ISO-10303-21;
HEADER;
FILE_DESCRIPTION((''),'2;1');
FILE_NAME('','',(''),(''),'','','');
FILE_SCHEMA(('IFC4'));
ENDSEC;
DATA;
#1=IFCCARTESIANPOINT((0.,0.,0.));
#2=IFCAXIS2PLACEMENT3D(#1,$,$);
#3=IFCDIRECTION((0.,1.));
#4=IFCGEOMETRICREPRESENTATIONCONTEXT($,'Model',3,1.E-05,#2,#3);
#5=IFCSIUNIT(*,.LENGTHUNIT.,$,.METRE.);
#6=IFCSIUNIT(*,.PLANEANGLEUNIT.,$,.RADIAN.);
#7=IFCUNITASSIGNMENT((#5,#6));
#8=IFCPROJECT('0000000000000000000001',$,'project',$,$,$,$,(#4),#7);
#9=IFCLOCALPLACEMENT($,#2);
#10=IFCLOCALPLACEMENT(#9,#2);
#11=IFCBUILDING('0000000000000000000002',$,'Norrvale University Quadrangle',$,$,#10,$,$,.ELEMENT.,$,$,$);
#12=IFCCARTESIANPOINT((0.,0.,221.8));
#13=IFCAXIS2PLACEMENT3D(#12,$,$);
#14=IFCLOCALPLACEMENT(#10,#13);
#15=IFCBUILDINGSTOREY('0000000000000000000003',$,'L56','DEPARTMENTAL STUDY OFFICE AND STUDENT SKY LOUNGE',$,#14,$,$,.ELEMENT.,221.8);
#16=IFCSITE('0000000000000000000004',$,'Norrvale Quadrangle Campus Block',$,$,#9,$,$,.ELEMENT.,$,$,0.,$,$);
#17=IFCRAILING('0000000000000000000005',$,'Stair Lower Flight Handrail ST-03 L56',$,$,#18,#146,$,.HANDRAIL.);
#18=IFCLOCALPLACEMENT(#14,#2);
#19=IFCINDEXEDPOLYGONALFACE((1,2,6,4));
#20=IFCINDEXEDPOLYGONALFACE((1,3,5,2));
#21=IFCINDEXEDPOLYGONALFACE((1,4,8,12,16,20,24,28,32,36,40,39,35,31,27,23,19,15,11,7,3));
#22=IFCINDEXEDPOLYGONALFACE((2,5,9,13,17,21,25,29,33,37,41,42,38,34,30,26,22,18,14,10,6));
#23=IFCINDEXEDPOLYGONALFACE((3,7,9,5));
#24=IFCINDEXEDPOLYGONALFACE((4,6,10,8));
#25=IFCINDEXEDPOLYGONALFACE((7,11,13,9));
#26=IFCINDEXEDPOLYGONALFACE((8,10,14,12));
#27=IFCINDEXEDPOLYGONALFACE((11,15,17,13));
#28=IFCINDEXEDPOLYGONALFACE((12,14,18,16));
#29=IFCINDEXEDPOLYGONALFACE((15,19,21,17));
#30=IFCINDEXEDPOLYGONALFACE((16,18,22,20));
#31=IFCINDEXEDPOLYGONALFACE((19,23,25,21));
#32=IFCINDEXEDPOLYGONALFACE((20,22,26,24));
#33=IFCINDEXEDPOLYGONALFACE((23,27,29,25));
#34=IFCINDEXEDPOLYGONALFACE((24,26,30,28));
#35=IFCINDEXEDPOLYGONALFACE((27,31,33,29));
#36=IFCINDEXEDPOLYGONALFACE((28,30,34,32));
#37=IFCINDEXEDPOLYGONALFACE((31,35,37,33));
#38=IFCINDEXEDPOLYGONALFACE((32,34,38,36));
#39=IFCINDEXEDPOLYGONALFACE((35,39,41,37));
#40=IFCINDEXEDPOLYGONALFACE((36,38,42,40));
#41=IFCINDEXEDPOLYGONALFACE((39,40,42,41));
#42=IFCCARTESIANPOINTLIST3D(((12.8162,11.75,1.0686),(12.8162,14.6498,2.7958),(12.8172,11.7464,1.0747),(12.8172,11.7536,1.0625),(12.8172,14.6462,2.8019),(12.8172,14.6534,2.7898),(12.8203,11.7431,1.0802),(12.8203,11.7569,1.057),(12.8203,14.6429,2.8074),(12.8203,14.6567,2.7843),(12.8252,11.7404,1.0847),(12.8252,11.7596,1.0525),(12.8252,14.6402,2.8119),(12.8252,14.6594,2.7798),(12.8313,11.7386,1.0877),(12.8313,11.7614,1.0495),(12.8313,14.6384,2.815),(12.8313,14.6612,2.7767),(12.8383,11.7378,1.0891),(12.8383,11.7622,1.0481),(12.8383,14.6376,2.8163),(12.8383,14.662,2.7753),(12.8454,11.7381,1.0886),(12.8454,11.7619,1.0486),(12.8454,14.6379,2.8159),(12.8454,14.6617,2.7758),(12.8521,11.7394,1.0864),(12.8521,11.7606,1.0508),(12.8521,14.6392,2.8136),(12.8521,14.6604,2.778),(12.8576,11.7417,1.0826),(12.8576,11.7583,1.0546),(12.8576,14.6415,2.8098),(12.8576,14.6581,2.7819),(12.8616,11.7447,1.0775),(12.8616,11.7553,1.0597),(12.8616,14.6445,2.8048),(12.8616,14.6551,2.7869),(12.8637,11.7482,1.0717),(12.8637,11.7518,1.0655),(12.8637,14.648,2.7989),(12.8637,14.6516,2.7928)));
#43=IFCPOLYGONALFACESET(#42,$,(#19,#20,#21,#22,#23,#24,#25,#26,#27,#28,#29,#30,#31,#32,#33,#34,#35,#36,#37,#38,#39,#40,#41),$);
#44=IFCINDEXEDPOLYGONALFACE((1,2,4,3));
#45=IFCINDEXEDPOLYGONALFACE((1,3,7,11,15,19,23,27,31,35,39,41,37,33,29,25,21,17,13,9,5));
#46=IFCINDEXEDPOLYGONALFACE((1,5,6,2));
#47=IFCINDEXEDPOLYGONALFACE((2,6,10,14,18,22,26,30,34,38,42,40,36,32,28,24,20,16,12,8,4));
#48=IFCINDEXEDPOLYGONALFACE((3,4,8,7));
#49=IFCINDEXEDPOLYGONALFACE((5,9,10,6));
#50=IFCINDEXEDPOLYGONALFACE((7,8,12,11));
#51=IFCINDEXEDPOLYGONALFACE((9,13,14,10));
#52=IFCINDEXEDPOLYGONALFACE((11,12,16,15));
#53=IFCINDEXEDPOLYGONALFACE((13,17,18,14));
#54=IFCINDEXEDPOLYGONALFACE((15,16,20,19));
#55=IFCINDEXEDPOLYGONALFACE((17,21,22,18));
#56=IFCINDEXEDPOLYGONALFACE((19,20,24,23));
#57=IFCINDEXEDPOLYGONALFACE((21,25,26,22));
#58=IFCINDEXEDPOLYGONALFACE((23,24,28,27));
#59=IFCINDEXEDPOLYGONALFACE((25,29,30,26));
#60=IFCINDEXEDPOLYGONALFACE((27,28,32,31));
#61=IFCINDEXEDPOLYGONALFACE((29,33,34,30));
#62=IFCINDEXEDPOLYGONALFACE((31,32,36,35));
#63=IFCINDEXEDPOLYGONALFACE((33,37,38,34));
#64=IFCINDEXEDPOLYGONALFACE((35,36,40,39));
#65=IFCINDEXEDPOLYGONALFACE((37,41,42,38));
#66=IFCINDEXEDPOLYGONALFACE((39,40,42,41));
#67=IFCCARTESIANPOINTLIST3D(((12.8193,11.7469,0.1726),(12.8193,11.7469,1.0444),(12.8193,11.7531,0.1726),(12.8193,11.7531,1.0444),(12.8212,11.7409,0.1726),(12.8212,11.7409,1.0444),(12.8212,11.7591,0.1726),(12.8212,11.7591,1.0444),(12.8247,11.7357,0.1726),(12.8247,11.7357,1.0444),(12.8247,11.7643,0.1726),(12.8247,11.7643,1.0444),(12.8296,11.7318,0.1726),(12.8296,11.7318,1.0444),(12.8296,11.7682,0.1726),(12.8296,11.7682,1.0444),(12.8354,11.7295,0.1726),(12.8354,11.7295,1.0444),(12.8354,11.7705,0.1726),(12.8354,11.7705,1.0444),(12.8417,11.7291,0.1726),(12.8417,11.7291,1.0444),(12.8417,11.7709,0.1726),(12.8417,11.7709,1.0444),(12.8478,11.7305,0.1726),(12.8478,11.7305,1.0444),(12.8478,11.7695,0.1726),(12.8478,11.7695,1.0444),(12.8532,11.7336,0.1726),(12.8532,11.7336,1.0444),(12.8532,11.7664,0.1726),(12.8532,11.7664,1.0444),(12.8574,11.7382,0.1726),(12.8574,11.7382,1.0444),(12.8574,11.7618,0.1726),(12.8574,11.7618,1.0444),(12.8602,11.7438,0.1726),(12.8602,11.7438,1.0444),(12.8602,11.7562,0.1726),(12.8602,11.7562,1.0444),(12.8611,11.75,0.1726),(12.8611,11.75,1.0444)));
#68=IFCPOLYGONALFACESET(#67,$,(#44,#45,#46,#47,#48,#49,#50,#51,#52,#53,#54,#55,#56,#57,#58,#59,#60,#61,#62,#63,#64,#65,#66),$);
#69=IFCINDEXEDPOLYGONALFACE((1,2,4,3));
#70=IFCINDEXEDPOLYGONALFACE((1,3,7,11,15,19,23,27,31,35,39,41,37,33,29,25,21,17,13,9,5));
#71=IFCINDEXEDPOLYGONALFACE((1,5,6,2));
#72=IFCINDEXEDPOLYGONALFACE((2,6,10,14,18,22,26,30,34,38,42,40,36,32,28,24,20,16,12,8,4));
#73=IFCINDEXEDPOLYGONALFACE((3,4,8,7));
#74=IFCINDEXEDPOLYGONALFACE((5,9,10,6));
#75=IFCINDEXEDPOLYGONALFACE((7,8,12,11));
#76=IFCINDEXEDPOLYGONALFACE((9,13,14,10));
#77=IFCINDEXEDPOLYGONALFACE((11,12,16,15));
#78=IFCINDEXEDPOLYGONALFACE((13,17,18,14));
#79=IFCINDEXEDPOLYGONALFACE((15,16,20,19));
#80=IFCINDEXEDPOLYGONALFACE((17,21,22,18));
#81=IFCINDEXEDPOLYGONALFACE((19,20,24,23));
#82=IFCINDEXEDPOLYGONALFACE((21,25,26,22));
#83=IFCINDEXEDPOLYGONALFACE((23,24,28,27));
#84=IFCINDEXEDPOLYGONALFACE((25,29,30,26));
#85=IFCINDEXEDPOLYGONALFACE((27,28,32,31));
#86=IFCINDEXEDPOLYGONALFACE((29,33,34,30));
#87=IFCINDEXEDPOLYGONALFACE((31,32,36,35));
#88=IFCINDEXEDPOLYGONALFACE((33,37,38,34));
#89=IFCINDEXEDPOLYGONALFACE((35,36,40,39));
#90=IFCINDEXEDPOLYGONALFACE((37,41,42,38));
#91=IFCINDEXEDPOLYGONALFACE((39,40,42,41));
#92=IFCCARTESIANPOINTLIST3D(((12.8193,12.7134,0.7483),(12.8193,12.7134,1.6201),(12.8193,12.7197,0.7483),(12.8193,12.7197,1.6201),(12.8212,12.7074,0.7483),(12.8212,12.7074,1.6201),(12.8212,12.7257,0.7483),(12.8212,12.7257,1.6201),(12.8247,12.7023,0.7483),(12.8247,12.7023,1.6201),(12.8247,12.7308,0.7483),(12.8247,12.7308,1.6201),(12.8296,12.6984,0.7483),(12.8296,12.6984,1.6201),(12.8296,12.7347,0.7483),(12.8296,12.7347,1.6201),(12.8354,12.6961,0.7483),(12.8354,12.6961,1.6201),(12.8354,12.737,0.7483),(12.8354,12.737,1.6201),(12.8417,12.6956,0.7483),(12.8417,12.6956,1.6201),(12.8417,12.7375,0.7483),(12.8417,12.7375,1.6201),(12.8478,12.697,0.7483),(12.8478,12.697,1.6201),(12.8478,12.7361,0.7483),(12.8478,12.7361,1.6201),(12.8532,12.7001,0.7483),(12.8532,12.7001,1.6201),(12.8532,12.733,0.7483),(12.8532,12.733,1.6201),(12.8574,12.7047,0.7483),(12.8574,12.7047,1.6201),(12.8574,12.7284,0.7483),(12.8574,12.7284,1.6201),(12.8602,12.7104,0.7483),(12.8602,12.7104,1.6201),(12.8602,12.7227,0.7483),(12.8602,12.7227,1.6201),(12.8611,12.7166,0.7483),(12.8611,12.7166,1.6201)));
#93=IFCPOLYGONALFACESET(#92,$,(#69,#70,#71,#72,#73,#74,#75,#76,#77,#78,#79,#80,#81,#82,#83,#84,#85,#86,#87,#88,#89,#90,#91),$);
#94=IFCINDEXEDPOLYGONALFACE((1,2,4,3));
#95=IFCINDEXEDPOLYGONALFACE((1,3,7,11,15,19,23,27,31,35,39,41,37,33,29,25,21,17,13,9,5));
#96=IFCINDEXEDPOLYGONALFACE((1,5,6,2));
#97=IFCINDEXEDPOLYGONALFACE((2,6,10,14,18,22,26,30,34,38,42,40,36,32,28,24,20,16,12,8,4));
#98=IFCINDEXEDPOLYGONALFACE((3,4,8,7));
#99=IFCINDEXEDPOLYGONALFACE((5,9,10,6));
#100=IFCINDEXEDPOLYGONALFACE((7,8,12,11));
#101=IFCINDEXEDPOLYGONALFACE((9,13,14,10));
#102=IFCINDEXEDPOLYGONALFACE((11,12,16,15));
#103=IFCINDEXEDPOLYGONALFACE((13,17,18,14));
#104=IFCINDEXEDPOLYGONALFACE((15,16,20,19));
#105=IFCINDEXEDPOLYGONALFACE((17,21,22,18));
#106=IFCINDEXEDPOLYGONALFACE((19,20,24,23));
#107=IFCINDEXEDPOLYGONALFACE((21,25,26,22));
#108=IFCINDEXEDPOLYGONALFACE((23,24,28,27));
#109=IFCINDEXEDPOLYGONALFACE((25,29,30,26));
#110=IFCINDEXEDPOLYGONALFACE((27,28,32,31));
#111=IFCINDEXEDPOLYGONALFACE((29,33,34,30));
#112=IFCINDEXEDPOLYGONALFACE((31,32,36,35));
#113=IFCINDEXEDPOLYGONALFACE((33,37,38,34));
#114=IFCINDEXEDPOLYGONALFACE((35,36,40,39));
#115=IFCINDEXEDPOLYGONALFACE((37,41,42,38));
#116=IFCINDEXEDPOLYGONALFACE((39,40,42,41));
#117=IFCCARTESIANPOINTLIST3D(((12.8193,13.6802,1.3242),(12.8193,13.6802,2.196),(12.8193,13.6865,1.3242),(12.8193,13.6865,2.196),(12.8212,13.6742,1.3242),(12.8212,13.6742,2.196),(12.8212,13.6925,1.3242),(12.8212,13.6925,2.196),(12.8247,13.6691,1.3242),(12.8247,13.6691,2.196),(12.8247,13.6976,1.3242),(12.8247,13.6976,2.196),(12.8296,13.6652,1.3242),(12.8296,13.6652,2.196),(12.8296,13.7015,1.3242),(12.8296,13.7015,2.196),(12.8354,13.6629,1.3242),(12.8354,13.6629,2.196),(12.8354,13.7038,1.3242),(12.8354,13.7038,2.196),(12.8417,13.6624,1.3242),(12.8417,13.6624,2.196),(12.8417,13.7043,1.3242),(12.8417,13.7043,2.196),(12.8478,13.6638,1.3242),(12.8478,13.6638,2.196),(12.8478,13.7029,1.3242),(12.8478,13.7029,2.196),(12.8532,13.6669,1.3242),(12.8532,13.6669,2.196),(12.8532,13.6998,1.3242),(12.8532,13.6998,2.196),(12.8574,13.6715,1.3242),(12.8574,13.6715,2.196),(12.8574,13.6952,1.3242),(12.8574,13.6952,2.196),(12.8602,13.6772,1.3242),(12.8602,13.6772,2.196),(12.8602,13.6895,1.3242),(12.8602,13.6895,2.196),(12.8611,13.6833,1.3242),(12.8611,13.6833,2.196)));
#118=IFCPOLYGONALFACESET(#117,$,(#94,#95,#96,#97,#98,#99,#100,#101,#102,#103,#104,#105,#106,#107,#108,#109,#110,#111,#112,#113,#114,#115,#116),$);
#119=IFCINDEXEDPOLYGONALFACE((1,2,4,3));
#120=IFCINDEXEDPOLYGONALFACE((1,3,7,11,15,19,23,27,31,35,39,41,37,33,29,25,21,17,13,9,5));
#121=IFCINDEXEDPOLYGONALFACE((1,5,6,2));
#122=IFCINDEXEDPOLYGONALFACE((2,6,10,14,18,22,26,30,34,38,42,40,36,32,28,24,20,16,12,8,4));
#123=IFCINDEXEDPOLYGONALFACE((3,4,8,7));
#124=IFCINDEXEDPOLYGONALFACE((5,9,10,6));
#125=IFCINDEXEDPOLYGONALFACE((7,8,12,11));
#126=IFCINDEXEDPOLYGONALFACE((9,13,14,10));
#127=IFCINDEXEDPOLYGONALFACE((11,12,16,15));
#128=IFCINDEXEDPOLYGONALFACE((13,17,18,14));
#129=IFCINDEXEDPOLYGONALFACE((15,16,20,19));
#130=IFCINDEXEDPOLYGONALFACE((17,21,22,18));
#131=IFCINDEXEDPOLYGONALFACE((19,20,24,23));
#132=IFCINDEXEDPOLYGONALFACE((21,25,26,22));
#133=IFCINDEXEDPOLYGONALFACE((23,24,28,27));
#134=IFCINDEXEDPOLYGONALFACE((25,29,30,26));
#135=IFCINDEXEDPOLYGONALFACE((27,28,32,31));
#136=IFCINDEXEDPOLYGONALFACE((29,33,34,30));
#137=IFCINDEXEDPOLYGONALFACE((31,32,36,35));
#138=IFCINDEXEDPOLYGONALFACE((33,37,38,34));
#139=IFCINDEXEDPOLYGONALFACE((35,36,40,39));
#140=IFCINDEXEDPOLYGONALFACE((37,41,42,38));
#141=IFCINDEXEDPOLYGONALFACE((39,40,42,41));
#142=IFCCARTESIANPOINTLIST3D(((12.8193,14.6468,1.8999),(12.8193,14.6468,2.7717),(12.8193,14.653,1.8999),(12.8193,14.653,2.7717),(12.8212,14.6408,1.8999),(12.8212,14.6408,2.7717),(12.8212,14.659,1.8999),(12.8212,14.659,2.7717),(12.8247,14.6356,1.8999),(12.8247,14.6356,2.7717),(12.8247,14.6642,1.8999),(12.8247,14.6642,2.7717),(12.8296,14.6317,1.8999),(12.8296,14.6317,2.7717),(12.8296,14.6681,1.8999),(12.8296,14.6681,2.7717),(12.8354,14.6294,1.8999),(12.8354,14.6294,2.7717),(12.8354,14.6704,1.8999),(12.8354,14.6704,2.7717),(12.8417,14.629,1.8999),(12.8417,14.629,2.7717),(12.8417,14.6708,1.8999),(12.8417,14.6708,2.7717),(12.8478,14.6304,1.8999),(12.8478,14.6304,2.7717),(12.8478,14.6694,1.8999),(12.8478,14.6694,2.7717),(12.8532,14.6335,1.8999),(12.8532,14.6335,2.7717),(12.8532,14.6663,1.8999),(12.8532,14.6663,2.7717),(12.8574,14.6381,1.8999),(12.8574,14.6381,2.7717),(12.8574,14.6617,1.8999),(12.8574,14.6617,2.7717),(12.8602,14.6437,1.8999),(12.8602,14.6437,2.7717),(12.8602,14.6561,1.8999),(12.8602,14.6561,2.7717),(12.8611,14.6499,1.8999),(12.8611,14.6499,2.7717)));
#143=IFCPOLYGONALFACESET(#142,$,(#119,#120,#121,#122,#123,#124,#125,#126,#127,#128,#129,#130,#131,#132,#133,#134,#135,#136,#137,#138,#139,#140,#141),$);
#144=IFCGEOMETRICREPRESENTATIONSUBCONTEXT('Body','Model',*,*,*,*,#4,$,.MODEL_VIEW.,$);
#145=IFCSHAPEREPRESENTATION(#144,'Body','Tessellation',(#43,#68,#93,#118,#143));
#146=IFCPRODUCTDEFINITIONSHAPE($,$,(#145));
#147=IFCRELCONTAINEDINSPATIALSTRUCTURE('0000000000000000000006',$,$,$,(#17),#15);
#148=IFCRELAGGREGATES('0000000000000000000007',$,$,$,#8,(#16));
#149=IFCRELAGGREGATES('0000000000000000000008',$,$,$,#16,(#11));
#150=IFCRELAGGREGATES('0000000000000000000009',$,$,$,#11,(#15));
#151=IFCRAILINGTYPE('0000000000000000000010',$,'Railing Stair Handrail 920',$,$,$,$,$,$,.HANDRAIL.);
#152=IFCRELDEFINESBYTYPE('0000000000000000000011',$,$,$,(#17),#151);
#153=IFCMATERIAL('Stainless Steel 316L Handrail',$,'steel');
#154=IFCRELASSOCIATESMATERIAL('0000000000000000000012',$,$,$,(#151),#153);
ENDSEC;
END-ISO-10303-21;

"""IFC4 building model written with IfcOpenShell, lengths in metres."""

from ifc_helpers import new_model, si_unit, direction, frame, origin, origin_2d, place, context, subcontext, project, spatial, circle, extrude, material, type_object, element, save


model = new_model("IFC4")

# Units and contexts
model_context = context("Model", 3, precision=1e-05, world=origin(), true_north=direction((0.0, 1.0)))
body_context = subcontext(model_context, "Body", "Model", "MODEL_VIEW")
ifc_project = project(units=[si_unit("LENGTHUNIT", "METRE"), si_unit("PLANEANGLEUNIT", "RADIAN")], contexts=[model_context])

# Site, building, storey
site_placement = place(None, origin())
site = spatial("IfcSite", under=ifc_project, at=site_placement, Name="Norrvale Quadrangle Campus Block", CompositionType="ELEMENT", RefElevation=0.0)
building_placement = place(site_placement, origin())
building = spatial("IfcBuilding", under=site, at=building_placement, Name="Norrvale University Quadrangle", CompositionType="ELEMENT")
storey_placement = place(building_placement, frame((0.0, 0.0, 221.8)))
storey = spatial("IfcBuildingStorey", under=building, at=storey_placement, Name="L56", Description="DEPARTMENTAL STUDY OFFICE AND STUDENT SKY LOUNGE", CompositionType="ELEMENT", Elevation=221.8)

# Railing
ifc_material_1 = material(Name="Stainless Steel 316L Handrail", Category="steel")
railing_type_1 = type_object("IfcRailingType", Name="Railing Stair Handrail 920", PredefinedType="HANDRAIL", material=ifc_material_1)
railing_1_placement = place(storey_placement, frame((12.8401, 11.75, 0.1726)))
element("IfcRailing", 1, at=railing_1_placement, inside=storey, type_object=railing_type_1, Name="Stair Lower Flight Handrail ST-03 L56", PredefinedType="HANDRAIL", context=body_context, shape_type="SweptSolid", body=[
    extrude(circle(Radius=0.0239, at=origin_2d()), frame((0.0, 0.0, 0.896), z_axis=(0.0, 0.859141, 0.511738), x_axis=(-1.0, 0.0, 0.0)), (0.0, 0.0, 1.0), 3.3752),
    extrude(circle(Radius=0.021, at=origin_2d()), origin(), (0.0, 0.0, 1.0), 0.8718),
    extrude(circle(Radius=0.021, at=origin_2d()), frame((0.0, 0.9666, 0.5757)), (0.0, 0.0, 1.0), 0.8718),
    extrude(circle(Radius=0.021, at=origin_2d()), frame((0.0, 1.9333, 1.1516)), (0.0, 0.0, 1.0), 0.8718),
    extrude(circle(Radius=0.021, at=origin_2d()), frame((0.0, 2.8999, 1.7273)), (0.0, 0.0, 1.0), 0.8718),
])

save(model, "model.ifc")
